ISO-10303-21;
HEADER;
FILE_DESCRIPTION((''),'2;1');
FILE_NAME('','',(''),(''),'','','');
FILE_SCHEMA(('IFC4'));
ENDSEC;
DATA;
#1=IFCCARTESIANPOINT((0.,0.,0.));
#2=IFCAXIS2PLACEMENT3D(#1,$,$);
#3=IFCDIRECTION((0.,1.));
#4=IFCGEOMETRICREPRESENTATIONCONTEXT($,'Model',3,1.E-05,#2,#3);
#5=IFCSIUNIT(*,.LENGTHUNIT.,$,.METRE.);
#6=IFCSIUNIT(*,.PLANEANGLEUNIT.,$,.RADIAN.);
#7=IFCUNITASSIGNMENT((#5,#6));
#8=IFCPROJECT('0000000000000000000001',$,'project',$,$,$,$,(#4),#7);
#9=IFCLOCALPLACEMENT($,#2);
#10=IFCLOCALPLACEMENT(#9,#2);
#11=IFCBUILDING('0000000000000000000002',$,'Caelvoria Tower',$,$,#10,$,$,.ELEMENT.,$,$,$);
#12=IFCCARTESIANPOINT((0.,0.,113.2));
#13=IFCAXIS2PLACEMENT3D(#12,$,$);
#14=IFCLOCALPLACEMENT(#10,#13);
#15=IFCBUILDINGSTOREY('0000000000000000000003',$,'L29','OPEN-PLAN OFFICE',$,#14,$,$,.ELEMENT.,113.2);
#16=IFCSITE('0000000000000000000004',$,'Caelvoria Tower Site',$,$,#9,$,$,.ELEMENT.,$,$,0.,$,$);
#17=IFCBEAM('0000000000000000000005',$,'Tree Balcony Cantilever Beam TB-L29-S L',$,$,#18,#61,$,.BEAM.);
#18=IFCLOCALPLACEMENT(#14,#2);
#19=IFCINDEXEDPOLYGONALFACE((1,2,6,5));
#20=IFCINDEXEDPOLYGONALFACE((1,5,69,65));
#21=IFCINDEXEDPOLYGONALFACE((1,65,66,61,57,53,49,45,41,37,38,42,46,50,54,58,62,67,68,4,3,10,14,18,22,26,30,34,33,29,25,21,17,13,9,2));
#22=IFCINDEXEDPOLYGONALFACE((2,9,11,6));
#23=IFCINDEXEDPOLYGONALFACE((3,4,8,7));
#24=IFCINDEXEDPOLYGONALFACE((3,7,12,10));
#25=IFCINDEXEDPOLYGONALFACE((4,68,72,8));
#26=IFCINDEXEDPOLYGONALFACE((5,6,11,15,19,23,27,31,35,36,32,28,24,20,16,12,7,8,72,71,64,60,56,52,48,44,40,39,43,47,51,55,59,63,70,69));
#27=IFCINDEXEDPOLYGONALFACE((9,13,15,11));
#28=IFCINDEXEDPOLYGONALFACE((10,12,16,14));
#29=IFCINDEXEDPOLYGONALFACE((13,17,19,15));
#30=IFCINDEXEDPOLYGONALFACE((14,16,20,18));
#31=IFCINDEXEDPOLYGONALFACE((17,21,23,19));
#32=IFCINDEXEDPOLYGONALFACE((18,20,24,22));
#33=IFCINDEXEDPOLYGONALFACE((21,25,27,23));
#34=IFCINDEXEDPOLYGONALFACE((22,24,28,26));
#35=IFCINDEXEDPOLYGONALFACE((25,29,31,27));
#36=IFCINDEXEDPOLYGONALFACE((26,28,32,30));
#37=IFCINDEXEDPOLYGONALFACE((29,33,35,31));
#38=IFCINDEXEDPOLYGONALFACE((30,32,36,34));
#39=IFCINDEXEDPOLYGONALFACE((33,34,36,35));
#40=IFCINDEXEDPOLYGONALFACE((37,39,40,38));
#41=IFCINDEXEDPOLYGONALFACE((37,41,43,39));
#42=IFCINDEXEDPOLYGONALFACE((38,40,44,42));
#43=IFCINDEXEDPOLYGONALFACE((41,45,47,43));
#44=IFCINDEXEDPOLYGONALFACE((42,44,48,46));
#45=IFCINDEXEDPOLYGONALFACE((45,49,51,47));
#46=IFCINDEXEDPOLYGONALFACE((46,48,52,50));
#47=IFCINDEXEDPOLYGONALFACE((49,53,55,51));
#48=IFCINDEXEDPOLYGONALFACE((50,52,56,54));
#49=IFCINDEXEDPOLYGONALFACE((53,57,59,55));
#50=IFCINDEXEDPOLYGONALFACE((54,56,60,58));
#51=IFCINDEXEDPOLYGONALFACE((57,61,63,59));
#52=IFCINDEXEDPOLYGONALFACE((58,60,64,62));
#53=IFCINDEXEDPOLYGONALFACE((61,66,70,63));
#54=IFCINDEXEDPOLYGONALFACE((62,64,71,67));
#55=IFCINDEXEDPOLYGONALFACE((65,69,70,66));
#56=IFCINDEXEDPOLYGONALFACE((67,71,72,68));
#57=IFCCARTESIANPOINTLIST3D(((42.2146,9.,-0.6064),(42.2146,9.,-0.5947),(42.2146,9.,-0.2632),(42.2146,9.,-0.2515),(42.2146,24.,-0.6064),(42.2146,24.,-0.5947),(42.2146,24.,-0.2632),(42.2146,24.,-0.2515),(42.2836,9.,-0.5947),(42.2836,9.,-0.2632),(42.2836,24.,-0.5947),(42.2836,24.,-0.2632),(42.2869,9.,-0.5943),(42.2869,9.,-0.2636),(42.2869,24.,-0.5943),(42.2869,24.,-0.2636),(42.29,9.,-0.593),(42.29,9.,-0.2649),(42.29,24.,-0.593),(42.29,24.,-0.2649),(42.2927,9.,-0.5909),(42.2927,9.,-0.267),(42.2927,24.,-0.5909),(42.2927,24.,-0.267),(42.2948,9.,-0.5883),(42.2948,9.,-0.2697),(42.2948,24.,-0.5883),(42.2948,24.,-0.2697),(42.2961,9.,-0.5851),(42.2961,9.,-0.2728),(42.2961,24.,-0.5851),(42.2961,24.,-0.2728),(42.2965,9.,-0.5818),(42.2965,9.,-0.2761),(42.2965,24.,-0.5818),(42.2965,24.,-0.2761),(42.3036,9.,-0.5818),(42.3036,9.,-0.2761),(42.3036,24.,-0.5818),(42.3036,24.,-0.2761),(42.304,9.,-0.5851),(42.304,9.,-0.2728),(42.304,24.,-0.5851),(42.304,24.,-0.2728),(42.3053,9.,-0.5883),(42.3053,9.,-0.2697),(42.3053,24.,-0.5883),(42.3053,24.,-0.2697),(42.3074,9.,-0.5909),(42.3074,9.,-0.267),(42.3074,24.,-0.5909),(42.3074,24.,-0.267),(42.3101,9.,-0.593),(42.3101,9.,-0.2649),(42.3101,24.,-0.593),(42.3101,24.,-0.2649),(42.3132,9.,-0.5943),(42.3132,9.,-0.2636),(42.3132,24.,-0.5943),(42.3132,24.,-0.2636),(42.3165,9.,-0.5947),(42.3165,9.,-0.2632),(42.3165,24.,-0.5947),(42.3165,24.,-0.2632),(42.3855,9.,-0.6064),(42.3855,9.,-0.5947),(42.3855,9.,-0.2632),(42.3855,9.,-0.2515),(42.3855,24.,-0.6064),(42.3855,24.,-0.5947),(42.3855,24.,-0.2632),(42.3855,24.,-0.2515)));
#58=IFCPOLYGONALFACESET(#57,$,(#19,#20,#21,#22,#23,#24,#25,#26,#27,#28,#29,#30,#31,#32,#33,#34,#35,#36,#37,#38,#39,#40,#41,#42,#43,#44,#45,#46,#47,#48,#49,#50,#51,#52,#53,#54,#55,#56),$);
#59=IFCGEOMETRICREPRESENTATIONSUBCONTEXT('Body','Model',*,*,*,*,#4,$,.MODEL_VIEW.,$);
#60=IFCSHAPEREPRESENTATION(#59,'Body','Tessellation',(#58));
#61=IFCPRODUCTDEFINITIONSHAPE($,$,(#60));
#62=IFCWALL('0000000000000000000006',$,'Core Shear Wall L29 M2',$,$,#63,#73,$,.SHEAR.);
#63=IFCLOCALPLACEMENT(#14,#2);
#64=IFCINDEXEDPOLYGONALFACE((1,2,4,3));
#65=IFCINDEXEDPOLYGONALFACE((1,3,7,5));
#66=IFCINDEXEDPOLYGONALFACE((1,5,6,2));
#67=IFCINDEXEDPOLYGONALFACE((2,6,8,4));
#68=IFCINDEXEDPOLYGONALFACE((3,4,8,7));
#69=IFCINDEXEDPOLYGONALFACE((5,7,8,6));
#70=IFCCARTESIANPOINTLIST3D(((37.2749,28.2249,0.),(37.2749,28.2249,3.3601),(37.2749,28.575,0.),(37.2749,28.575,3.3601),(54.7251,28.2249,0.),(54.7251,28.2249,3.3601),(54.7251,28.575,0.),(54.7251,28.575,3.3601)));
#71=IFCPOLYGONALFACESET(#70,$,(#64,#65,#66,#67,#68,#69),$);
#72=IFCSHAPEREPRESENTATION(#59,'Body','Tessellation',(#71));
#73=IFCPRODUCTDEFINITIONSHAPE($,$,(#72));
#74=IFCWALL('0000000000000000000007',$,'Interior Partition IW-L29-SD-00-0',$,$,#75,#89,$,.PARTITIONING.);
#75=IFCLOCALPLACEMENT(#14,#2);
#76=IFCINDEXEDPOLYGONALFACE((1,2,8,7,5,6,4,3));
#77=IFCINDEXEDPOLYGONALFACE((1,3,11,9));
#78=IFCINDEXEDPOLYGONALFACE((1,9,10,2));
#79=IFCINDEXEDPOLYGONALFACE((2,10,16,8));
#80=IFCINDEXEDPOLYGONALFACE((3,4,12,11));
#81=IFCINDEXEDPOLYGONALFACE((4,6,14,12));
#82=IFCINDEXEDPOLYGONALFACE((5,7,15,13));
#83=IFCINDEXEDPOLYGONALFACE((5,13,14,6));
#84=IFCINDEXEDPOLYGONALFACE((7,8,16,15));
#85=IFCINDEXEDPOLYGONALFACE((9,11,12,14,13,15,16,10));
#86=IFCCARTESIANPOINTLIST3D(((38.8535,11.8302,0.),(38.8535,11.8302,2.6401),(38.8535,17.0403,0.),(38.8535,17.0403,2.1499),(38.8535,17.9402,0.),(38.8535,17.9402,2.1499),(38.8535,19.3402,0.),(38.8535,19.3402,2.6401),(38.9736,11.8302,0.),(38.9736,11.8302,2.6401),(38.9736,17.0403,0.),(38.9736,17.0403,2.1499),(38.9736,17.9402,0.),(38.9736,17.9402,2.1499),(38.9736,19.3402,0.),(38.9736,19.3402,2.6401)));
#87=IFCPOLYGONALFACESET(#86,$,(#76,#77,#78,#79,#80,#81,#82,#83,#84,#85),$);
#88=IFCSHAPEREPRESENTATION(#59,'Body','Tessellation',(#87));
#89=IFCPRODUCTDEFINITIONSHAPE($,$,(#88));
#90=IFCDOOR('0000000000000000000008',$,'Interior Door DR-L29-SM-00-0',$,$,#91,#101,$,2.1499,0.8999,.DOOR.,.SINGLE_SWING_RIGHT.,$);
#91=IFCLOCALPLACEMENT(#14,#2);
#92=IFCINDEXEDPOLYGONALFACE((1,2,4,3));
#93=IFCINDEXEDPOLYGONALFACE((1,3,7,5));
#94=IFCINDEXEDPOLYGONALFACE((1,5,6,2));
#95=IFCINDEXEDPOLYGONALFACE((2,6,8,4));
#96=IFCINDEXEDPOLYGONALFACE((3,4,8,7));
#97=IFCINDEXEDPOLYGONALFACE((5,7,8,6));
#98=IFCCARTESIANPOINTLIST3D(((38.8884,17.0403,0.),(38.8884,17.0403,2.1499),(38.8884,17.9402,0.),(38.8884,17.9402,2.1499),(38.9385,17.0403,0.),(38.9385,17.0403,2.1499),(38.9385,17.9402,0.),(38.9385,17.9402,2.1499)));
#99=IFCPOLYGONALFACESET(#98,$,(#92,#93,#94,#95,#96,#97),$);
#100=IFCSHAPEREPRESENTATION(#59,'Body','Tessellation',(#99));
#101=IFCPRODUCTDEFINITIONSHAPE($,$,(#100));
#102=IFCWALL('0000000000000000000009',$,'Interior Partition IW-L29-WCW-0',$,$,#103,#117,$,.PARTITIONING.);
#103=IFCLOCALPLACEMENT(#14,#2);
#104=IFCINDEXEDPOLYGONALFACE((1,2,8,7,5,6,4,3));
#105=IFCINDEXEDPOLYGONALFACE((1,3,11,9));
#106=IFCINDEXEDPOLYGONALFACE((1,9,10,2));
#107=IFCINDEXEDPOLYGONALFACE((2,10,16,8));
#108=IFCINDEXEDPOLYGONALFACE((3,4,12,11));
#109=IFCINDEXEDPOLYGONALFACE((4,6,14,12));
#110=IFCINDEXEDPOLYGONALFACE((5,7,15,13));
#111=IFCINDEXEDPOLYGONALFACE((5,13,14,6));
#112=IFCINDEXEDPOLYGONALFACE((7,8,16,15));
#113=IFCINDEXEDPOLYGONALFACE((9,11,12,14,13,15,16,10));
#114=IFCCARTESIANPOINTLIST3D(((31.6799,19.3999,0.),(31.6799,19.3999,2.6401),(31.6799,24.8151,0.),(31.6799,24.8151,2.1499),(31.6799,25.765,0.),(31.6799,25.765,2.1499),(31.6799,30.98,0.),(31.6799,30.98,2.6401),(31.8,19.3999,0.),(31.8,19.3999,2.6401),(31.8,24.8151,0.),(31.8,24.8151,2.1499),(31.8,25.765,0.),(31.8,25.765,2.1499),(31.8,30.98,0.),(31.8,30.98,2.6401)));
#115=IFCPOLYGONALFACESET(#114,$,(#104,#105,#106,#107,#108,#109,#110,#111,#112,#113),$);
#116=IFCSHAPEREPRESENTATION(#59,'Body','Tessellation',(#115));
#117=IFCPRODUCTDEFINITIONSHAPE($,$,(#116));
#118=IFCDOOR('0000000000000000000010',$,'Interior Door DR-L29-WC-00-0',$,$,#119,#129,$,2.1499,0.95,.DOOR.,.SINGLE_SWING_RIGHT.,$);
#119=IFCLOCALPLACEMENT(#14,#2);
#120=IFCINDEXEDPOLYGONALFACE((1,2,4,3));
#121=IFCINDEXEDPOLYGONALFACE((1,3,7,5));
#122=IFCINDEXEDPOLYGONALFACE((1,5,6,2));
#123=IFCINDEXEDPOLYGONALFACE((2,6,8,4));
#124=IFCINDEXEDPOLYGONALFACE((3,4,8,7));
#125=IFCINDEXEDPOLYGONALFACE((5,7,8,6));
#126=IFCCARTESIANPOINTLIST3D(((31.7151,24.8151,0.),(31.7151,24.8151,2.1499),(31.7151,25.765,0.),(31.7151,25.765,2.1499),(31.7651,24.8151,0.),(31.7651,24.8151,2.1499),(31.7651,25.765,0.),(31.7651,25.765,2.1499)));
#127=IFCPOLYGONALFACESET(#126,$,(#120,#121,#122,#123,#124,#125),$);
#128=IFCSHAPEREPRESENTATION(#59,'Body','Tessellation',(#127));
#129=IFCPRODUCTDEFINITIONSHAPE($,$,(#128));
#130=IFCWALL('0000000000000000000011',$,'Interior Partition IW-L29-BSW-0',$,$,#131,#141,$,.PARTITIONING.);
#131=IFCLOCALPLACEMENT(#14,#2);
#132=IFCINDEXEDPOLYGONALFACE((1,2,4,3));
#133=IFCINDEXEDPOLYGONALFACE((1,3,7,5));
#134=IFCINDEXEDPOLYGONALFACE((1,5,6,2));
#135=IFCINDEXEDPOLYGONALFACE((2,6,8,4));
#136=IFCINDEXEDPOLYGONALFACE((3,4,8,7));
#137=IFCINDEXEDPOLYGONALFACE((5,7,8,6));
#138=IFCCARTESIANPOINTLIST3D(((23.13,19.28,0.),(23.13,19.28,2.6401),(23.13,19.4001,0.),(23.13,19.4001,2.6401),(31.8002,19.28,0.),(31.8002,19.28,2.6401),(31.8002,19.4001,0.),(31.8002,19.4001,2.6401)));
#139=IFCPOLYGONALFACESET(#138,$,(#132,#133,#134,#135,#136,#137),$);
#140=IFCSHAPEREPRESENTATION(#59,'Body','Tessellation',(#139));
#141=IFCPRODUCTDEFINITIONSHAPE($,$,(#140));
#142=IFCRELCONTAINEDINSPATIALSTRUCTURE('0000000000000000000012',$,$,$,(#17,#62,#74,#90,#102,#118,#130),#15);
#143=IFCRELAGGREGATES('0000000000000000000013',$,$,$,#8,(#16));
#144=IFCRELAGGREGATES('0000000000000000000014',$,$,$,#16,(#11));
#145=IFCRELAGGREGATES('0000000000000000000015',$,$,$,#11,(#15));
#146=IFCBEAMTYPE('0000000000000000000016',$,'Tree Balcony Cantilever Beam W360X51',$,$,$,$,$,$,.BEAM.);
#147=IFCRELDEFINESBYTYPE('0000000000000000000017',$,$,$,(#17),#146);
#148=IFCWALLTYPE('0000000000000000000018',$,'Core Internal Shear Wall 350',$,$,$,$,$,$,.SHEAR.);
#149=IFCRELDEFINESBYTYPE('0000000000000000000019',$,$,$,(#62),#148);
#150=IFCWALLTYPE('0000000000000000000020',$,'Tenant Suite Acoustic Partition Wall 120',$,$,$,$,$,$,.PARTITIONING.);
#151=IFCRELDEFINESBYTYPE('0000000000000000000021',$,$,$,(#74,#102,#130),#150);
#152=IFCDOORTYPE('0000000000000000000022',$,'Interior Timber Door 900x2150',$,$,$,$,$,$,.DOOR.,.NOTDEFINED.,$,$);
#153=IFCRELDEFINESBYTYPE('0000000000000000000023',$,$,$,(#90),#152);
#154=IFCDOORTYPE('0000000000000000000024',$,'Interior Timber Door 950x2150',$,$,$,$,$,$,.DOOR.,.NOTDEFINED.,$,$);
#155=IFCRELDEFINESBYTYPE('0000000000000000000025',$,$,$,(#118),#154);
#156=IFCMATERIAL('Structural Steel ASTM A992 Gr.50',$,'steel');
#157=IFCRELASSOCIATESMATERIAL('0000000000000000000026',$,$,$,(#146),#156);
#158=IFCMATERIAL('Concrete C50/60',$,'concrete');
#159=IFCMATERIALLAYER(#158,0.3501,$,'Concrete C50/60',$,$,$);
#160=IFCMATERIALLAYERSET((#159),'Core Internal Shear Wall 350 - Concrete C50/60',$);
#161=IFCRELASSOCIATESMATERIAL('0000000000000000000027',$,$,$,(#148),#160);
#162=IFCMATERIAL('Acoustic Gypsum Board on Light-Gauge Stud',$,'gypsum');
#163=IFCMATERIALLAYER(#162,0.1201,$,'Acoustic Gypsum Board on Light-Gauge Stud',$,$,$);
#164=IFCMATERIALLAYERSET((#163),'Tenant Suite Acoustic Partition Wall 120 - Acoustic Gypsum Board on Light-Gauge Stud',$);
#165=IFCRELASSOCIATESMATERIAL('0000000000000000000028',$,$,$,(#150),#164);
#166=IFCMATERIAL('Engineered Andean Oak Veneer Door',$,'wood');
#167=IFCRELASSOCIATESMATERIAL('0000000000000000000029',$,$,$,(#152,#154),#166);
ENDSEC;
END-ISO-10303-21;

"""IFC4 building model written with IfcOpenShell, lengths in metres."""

from ifc_helpers import new_model, si_unit, direction, frame, frame_2d, origin, origin_2d, place, context, subcontext, project, spatial, rectangle, i_section, extrude, material, layer, layer_set, material_profile, profile_set, type_object, element, fill, save


model = new_model("IFC4")

# Units and contexts
model_context = context("Model", 3, precision=1e-05, world=origin(), true_north=direction((0.0, 1.0)))
body_context = subcontext(model_context, "Body", "Model", "MODEL_VIEW")
ifc_project = project(units=[si_unit("LENGTHUNIT", "METRE"), si_unit("PLANEANGLEUNIT", "RADIAN")], contexts=[model_context])

# Site, building, storey
site_placement = place(None, origin())
site = spatial("IfcSite", under=ifc_project, at=site_placement, Name="Caelvoria Tower Site", CompositionType="ELEMENT", RefElevation=0.0)
building_placement = place(site_placement, origin())
building = spatial("IfcBuilding", under=site, at=building_placement, Name="Caelvoria Tower", CompositionType="ELEMENT")
storey_placement = place(building_placement, frame((0.0, 0.0, 113.2)))
storey = spatial("IfcBuildingStorey", under=building, at=storey_placement, Name="L29", Description="OPEN-PLAN OFFICE", CompositionType="ELEMENT", Elevation=113.2)

# Beam
ifc_material_1 = material(Name="Structural Steel ASTM A992 Gr.50", Category="steel")
ifc_material_profile_1 = material_profile(ifc_material_1, i_section(OverallWidth=0.1709, OverallDepth=0.355, WebThickness=0.0071, FlangeThickness=0.0117, FilletRadius=0.0129, at=origin_2d()), Name="Structural Steel ASTM A992 Gr.50")
ifc_profile_set_1 = profile_set([ifc_material_profile_1], Name="W360X51 - Structural Steel ASTM A992 Gr.50")
beam_type_1 = type_object("IfcBeamType", Name="Tree Balcony Cantilever Beam W360X51", PredefinedType="BEAM", material=ifc_profile_set_1)
beam_1_placement = place(storey_placement, frame((42.3, 24.0, -0.429), z_axis=(0.0, -1.0, 0.0), x_axis=(1.0, 0.0, 0.0)))
element("IfcBeam", 1, at=beam_1_placement, inside=storey, type_object=beam_type_1, Name="Tree Balcony Cantilever Beam TB-L29-S L", PredefinedType="BEAM", context=body_context, shape_type="SweptSolid", body=[
    extrude(i_section(OverallWidth=0.1709, OverallDepth=0.355, WebThickness=0.0071, FlangeThickness=0.0117, FilletRadius=0.0129, at=origin_2d()), origin(), (0.0, 0.0, 1.0), 15.0),
])

# Shared definitions
ifc_material_2 = material(Name="Concrete C50/60", Category="concrete")
ifc_layer_1 = layer(ifc_material_2, 0.3501, Name="Concrete C50/60")
ifc_layer_set_1 = layer_set([ifc_layer_1], Name="Core Internal Shear Wall 350 - Concrete C50/60")
wall_type_1 = type_object("IfcWallType", Name="Core Internal Shear Wall 350", PredefinedType="SHEAR", material=ifc_layer_set_1)

# Wall
wall_1_placement = place(storey_placement, frame((37.2749, 28.3999, 0.0), z_axis=(0.0, 0.0, 1.0), x_axis=(1.0, 0.0, 0.0)))
element("IfcWall", 2, at=wall_1_placement, inside=storey, type_object=wall_type_1, Name="Core Shear Wall L29 M2", PredefinedType="SHEAR", context=body_context, shape_type="SweptSolid", body=[
    extrude(rectangle(XDim=17.4502, YDim=0.3501, at=frame_2d((8.7251, 0.0))), origin(), (0.0, 0.0, 1.0), 3.3601),
])

# Walls, openings, doors
ifc_material_3 = material(Name="Acoustic Gypsum Board on Light-Gauge Stud", Category="gypsum")
ifc_layer_2 = layer(ifc_material_3, 0.1201, Name="Acoustic Gypsum Board on Light-Gauge Stud")
ifc_layer_set_2 = layer_set([ifc_layer_2], Name="Tenant Suite Acoustic Partition Wall 120 - Acoustic Gypsum Board on Light-Gauge Stud")
wall_type_2 = type_object("IfcWallType", Name="Tenant Suite Acoustic Partition Wall 120", PredefinedType="PARTITIONING", material=ifc_layer_set_2)
wall_2_placement = place(storey_placement, frame((38.9136, 19.3401, 0.0), z_axis=(0.0, 0.0, 1.0), x_axis=(0.0, -1.0, 0.0)))
wall_2 = element("IfcWall", 3, at=wall_2_placement, inside=storey, type_object=wall_type_2, Name="Interior Partition IW-L29-SD-00-0", PredefinedType="PARTITIONING", context=body_context, shape_type="SweptSolid", body=[
    extrude(rectangle(XDim=7.51, YDim=0.1201, at=frame_2d((3.7549, 0.0))), origin(), (0.0, 0.0, 1.0), 2.6401),
])
opening_1_placement = place(wall_2_placement, frame((1.3999, 0.0, 0.0)))
opening_1 = element("IfcOpeningElement", 4, at=opening_1_placement, cuts=wall_2, PredefinedType="OPENING", context=body_context, shape_type="SweptSolid", body=[
    extrude(rectangle(XDim=0.8999, YDim=2.1499, at=frame_2d((0.45, 1.075))), frame((0.0, 0.0701, 0.0), z_axis=(0.0, -1.0, 0.0), x_axis=(1.0, 0.0, 0.0)), (0.0, 0.0, 1.0), 0.1401),
])
ifc_material_4 = material(Name="Engineered Andean Oak Veneer Door", Category="wood")
door_type_1 = type_object("IfcDoorType", Name="Interior Timber Door 900x2150", OperationType="NOTDEFINED", PredefinedType="DOOR", material=ifc_material_4)
door_1_placement = place(opening_1_placement, origin())
door_1 = element("IfcDoor", 5, at=door_1_placement, inside=storey, type_object=door_type_1, Name="Interior Door DR-L29-SM-00-0", OperationType="SINGLE_SWING_RIGHT", OverallHeight=2.1499, OverallWidth=0.8999, PredefinedType="DOOR", context=body_context, shape_type="SweptSolid", body=[
    extrude(rectangle(XDim=0.8999, YDim=2.1499, at=frame_2d((0.45, 1.075))), frame((0.0, 0.0249, 0.0), z_axis=(0.0, -1.0, 0.0), x_axis=(1.0, 0.0, 0.0)), (0.0, 0.0, 1.0), 0.05),
])
fill(opening_1, door_1)
wall_3_placement = place(storey_placement, frame((31.74, 19.3999, 0.0), z_axis=(0.0, 0.0, 1.0), x_axis=(0.0, 1.0, 0.0)))
wall_3 = element("IfcWall", 6, at=wall_3_placement, inside=storey, type_object=wall_type_2, Name="Interior Partition IW-L29-WCW-0", PredefinedType="PARTITIONING", context=body_context, shape_type="SweptSolid", body=[
    extrude(rectangle(XDim=11.5801, YDim=0.1201, at=frame_2d((5.79, 0.0))), origin(), (0.0, 0.0, 1.0), 2.6401),
])
opening_2_placement = place(wall_3_placement, frame((5.415, 0.0, 0.0)))
opening_2 = element("IfcOpeningElement", 7, at=opening_2_placement, cuts=wall_3, PredefinedType="OPENING", context=body_context, shape_type="SweptSolid", body=[
    extrude(rectangle(XDim=0.95, YDim=2.1499, at=frame_2d((0.4751, 1.075))), frame((0.0, 0.0701, 0.0), z_axis=(0.0, -1.0, 0.0), x_axis=(1.0, 0.0, 0.0)), (0.0, 0.0, 1.0), 0.1401),
])
door_type_2 = type_object("IfcDoorType", Name="Interior Timber Door 950x2150", OperationType="NOTDEFINED", PredefinedType="DOOR", material=ifc_material_4)
door_2_placement = place(opening_2_placement, origin())
door_2 = element("IfcDoor", 8, at=door_2_placement, inside=storey, type_object=door_type_2, Name="Interior Door DR-L29-WC-00-0", OperationType="SINGLE_SWING_RIGHT", OverallHeight=2.1499, OverallWidth=0.95, PredefinedType="DOOR", context=body_context, shape_type="SweptSolid", body=[
    extrude(rectangle(XDim=0.95, YDim=2.1499, at=frame_2d((0.4751, 1.075))), frame((0.0, 0.0249, 0.0), z_axis=(0.0, -1.0, 0.0), x_axis=(1.0, 0.0, 0.0)), (0.0, 0.0, 1.0), 0.05),
])
fill(opening_2, door_2)

# Wall
wall_4_placement = place(storey_placement, frame((31.8, 19.3401, 0.0), z_axis=(0.0, 0.0, 1.0), x_axis=(-1.0, 0.0, 0.0)))
element("IfcWall", 9, at=wall_4_placement, inside=storey, type_object=wall_type_2, Name="Interior Partition IW-L29-BSW-0", PredefinedType="PARTITIONING", context=body_context, shape_type="SweptSolid", body=[
    extrude(rectangle(XDim=8.6702, YDim=0.1201, at=frame_2d((4.335, 0.0))), origin(), (0.0, 0.0, 1.0), 2.6401),
])

save(model, "model.ifc")
